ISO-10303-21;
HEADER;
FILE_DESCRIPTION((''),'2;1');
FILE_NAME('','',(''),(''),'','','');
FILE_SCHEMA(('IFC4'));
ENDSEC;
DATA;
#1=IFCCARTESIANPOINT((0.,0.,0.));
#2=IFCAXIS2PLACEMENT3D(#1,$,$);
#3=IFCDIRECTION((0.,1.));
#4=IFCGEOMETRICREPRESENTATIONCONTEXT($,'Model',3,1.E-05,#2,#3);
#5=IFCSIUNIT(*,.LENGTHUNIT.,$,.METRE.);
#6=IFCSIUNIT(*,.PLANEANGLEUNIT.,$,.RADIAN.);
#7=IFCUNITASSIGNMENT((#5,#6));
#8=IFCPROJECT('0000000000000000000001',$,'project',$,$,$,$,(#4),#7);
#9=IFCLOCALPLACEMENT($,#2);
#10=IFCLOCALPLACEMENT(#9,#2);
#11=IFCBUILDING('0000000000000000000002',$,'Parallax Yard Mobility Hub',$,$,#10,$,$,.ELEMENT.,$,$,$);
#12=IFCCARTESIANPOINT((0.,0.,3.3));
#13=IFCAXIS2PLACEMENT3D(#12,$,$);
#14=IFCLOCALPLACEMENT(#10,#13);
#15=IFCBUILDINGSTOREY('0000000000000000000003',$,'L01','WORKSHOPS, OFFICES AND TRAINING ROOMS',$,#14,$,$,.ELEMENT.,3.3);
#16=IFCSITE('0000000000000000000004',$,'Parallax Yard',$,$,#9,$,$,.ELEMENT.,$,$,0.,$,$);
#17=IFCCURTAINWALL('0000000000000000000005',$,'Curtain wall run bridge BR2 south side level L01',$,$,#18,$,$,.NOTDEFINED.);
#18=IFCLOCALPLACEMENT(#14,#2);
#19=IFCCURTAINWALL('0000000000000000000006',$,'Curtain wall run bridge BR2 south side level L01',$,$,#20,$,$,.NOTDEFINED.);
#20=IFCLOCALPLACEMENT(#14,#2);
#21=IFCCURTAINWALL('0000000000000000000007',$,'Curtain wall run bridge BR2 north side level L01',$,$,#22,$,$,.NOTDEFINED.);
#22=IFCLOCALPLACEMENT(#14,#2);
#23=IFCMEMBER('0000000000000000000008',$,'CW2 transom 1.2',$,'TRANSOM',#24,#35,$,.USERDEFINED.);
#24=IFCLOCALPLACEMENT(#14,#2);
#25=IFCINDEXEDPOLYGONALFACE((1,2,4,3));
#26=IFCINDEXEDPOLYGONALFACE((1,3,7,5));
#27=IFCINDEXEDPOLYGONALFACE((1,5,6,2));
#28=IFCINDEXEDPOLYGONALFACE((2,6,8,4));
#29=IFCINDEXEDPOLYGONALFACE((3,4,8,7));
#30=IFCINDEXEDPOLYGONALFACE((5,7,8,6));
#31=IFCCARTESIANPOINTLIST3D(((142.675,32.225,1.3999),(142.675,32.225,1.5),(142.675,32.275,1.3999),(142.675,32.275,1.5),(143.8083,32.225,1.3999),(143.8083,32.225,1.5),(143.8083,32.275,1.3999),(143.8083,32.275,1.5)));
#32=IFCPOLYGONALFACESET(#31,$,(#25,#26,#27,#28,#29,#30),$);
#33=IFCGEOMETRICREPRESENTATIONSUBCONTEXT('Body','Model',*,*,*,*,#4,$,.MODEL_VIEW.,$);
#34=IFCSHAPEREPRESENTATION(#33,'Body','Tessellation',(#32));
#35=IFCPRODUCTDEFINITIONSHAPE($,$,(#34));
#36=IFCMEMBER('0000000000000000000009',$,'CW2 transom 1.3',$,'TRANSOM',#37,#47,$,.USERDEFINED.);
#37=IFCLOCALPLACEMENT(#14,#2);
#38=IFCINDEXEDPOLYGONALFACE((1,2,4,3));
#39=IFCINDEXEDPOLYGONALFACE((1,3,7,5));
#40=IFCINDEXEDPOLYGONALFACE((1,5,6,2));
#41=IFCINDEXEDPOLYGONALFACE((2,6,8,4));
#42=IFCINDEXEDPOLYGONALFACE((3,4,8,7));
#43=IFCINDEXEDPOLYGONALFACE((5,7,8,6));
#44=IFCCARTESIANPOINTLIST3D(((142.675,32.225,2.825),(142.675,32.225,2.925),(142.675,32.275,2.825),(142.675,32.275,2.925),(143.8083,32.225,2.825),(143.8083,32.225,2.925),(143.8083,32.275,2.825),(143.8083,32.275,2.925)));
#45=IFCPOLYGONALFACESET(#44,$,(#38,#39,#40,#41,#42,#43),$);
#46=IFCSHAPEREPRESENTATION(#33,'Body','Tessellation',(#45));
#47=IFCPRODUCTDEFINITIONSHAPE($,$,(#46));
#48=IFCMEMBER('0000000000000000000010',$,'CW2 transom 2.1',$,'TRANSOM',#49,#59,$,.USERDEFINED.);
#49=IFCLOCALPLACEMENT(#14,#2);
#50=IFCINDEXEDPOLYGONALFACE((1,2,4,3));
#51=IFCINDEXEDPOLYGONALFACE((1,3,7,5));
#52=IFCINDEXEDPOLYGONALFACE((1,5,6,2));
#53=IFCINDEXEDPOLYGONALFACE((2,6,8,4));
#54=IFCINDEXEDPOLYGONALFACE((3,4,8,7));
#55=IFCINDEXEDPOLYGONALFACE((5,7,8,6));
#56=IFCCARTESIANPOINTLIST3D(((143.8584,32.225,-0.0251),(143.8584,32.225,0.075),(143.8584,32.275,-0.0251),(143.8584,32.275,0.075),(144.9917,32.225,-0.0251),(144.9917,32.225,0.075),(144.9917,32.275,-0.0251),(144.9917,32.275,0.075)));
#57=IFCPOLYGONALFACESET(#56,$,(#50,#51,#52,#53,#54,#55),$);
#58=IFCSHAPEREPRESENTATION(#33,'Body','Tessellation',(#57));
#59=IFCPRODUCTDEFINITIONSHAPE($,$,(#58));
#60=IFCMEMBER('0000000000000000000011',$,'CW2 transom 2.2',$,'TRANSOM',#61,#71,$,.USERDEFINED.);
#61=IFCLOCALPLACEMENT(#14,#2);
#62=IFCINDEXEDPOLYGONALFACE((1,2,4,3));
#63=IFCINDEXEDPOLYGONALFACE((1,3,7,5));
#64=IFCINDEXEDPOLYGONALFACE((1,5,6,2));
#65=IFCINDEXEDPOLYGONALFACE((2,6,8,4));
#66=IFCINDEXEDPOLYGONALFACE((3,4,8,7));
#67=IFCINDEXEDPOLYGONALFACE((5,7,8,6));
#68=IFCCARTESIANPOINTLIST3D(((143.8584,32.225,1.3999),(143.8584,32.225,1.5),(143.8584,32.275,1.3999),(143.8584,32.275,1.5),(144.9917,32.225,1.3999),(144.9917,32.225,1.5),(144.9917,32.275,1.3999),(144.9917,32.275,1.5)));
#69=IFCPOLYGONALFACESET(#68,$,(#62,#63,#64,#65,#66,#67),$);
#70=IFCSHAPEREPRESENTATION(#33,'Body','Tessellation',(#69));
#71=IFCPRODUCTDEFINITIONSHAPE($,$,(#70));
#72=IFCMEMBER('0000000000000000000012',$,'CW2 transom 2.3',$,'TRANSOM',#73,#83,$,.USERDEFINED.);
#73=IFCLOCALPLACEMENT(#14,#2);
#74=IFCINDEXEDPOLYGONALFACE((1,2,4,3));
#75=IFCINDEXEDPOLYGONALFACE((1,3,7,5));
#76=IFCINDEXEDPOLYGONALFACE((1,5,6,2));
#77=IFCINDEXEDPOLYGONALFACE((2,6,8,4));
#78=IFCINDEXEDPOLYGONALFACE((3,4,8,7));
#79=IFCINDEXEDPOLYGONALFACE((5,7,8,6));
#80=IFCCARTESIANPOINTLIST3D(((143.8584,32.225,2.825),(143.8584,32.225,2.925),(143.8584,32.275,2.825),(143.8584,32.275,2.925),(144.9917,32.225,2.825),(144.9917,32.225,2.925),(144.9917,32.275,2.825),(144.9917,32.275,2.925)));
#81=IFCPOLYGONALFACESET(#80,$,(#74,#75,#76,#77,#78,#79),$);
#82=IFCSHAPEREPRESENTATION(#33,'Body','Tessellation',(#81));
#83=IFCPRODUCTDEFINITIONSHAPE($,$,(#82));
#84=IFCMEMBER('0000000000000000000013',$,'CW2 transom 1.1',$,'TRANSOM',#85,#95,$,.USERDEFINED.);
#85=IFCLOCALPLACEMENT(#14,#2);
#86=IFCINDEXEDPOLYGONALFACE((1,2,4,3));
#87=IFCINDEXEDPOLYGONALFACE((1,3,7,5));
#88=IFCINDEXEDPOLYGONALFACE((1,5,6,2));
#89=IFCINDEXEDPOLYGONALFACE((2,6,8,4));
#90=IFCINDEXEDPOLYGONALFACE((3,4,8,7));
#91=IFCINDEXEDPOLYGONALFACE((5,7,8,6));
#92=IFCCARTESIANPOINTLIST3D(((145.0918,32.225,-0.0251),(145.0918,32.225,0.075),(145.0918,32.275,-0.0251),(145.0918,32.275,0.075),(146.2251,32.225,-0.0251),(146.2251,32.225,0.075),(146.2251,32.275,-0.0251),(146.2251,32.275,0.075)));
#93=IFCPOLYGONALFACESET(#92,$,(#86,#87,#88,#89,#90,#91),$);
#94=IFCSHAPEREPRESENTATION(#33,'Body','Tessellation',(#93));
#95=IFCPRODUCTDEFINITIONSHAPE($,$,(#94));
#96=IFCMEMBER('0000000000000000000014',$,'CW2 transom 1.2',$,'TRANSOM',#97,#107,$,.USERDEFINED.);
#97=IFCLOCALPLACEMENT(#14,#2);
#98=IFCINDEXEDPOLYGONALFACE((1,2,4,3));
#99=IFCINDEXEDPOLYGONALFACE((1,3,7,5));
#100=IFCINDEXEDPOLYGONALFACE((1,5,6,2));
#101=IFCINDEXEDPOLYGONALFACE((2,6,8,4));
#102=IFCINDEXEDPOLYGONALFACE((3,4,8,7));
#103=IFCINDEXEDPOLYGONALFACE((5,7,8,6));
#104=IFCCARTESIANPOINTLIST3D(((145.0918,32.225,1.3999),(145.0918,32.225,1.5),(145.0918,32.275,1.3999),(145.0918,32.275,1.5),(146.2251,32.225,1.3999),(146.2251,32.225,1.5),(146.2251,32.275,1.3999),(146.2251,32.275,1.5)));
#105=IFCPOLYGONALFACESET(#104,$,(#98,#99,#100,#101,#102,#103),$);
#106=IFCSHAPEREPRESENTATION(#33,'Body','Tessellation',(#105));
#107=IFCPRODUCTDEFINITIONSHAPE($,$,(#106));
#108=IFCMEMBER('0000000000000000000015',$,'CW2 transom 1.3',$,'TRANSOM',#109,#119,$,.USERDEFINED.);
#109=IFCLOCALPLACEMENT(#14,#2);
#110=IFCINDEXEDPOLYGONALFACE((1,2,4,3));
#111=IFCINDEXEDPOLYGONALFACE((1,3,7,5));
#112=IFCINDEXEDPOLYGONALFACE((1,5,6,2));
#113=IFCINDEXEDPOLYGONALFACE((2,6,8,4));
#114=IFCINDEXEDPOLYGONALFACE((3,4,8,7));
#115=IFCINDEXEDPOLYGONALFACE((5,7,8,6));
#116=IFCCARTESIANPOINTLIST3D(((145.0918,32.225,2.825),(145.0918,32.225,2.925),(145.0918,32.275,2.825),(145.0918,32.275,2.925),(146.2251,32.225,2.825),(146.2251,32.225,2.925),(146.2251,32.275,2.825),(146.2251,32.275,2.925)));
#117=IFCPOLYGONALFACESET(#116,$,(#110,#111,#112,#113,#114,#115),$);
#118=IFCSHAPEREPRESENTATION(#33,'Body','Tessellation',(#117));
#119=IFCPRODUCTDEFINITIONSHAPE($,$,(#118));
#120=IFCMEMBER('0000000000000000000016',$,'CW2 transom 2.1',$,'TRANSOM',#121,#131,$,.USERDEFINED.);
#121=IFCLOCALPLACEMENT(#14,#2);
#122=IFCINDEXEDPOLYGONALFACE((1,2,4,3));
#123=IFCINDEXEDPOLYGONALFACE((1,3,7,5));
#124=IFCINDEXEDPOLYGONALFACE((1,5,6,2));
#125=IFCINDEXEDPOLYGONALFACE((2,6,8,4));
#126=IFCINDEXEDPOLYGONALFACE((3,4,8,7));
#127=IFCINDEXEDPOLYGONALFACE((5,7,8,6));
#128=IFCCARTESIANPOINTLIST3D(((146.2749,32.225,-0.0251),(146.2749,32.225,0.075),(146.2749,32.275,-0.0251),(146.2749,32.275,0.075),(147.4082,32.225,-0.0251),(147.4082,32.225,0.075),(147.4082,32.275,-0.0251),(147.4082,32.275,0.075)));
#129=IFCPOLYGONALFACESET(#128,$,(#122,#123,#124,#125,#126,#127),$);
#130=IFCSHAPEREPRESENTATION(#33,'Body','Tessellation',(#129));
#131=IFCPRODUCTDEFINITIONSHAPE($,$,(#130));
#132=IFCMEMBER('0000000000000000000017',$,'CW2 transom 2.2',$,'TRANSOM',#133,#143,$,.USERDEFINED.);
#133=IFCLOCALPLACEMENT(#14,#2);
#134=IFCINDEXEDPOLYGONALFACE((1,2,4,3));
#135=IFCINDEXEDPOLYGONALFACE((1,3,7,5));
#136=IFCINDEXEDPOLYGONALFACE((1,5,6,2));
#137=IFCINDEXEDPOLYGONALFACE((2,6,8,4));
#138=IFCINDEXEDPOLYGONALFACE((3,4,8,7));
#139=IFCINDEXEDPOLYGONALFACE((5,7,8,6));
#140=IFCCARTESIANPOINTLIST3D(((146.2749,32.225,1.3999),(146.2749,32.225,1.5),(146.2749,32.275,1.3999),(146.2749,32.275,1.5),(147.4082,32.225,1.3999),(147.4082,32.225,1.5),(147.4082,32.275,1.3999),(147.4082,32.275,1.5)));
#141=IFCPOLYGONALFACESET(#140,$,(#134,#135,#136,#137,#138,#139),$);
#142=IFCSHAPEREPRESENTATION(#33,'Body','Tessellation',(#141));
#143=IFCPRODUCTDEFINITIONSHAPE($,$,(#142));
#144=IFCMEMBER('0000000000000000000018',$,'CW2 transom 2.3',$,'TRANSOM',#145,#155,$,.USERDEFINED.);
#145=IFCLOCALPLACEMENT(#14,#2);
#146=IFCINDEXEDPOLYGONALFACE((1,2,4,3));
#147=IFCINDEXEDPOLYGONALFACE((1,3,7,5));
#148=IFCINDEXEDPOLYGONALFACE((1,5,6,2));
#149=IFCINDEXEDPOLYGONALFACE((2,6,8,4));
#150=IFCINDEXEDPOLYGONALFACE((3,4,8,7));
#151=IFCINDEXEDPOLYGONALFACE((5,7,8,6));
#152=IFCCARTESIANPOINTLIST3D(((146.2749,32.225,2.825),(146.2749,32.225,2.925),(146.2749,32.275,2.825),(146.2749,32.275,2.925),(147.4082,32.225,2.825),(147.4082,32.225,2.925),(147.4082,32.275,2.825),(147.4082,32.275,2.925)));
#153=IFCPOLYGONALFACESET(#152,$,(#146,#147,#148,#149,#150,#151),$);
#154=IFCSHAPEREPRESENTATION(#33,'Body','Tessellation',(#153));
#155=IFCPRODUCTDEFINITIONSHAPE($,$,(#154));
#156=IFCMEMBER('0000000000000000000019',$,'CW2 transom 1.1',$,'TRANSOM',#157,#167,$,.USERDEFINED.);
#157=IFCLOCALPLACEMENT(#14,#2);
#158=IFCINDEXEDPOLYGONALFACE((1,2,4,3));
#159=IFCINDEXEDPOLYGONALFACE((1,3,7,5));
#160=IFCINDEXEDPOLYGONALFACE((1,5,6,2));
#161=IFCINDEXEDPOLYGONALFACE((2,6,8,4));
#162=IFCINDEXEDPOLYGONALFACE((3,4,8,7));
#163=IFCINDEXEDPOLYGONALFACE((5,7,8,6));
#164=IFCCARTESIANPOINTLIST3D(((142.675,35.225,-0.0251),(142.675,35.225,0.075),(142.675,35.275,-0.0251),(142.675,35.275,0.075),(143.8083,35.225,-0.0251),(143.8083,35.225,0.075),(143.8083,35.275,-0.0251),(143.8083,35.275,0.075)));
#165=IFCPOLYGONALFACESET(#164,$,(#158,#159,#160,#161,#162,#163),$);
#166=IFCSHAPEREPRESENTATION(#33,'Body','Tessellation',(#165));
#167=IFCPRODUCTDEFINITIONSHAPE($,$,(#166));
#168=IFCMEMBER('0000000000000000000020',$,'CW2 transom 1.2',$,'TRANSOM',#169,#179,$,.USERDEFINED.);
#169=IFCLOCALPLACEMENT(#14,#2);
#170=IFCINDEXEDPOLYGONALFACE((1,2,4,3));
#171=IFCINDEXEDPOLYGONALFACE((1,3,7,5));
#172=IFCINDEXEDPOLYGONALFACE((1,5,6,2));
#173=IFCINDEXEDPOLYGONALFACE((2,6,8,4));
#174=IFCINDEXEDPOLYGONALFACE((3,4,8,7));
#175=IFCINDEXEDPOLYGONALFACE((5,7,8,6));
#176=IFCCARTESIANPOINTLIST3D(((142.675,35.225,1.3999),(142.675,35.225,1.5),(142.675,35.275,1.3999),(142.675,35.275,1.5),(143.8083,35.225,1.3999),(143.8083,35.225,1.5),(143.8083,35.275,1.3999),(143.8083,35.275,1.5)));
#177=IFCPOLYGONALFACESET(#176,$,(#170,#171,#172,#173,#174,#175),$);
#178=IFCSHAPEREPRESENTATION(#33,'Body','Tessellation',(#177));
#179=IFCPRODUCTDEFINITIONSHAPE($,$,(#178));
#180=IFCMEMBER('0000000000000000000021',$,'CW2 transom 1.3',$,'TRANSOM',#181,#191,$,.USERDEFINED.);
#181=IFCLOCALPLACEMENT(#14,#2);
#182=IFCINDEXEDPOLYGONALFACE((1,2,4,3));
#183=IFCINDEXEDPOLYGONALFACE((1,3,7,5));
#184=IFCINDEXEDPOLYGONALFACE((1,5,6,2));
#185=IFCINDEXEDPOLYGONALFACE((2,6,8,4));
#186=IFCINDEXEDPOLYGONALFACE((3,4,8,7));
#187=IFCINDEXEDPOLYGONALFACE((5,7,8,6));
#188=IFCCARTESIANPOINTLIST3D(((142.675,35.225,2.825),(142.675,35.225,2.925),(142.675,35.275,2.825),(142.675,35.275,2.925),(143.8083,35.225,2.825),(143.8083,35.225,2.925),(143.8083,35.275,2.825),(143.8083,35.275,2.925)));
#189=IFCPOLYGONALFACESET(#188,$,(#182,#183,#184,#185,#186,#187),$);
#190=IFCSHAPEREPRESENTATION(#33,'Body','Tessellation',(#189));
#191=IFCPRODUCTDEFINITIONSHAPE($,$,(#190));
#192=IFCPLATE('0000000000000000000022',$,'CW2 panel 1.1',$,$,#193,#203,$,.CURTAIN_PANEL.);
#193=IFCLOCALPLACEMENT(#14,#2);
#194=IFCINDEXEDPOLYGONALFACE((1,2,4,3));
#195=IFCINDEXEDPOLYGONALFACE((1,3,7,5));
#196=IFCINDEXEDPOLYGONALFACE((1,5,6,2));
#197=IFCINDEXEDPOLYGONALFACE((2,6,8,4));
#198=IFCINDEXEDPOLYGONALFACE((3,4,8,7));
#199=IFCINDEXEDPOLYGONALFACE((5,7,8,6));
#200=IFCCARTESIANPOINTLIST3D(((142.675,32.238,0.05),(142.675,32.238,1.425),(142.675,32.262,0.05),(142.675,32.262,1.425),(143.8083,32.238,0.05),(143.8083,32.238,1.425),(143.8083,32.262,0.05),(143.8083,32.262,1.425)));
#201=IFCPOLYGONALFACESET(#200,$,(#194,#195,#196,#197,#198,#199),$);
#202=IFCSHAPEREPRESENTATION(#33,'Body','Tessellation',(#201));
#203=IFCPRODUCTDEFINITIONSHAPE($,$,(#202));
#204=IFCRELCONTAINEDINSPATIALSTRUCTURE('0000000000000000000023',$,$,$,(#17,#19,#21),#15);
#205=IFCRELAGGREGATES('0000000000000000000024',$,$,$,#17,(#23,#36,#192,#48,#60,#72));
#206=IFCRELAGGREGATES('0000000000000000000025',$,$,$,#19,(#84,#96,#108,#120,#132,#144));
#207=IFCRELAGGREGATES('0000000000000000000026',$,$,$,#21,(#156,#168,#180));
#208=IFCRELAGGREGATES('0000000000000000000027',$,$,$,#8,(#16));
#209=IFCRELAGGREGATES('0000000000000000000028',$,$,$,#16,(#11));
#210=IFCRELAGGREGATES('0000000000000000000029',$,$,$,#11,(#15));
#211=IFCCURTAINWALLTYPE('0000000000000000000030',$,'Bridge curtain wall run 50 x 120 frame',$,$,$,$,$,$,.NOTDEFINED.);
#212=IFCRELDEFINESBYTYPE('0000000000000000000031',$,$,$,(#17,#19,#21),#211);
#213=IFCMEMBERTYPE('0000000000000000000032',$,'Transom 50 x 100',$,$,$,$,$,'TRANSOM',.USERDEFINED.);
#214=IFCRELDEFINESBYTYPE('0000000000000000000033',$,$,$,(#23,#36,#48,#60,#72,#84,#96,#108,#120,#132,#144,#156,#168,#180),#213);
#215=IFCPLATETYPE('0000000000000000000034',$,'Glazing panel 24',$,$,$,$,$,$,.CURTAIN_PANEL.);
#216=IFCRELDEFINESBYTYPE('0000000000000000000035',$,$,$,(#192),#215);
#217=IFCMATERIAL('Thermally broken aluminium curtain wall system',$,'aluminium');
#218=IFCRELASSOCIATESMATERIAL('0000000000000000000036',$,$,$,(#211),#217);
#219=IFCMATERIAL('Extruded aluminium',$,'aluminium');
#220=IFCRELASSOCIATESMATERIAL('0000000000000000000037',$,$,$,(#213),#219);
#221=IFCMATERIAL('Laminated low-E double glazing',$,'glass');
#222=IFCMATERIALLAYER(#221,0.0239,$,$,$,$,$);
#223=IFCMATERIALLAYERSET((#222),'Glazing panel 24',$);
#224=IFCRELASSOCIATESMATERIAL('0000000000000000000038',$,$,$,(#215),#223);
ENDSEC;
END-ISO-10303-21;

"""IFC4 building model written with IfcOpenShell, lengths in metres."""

from ifc_helpers import new_model, si_unit, direction, frame, origin, origin_2d, place, context, subcontext, project, spatial, rectangle, extrude, material, layer, layer_set, material_profile, profile_set, type_object, element, aggregate, save


model = new_model("IFC4")

# Units and contexts
model_context = context("Model", 3, precision=1e-05, world=origin(), true_north=direction((0.0, 1.0)))
body_context = subcontext(model_context, "Body", "Model", "MODEL_VIEW")
ifc_project = project(units=[si_unit("LENGTHUNIT", "METRE"), si_unit("PLANEANGLEUNIT", "RADIAN")], contexts=[model_context])

# Site, building, storey
site_placement = place(None, origin())
site = spatial("IfcSite", under=ifc_project, at=site_placement, Name="Parallax Yard", CompositionType="ELEMENT", RefElevation=0.0)
building_placement = place(site_placement, origin())
building = spatial("IfcBuilding", under=site, at=building_placement, Name="Parallax Yard Mobility Hub", CompositionType="ELEMENT")
storey_placement = place(building_placement, frame((0.0, 0.0, 3.3)))
storey = spatial("IfcBuildingStorey", under=building, at=storey_placement, Name="L01", Description="WORKSHOPS, OFFICES AND TRAINING ROOMS", CompositionType="ELEMENT", Elevation=3.3)

# Curtain walls
ifc_material_1 = material(Name="Thermally broken aluminium curtain wall system", Category="aluminium")
curtain_wall_type = type_object("IfcCurtainWallType", Name="Bridge curtain wall run 50 x 120 frame", PredefinedType="NOTDEFINED", material=ifc_material_1)
curtain_wall_1_placement = place(storey_placement, origin())
curtain_wall_1 = element("IfcCurtainWall", 1, at=curtain_wall_1_placement, inside=storey, type_object=curtain_wall_type, Name="Curtain wall run bridge BR2 south side level L01", PredefinedType="NOTDEFINED")
ifc_material_2 = material(Name="Extruded aluminium", Category="aluminium")
curtain_wall_2_placement = place(storey_placement, origin())
curtain_wall_2 = element("IfcCurtainWall", 2, at=curtain_wall_2_placement, inside=storey, type_object=curtain_wall_type, Name="Curtain wall run bridge BR2 south side level L01", PredefinedType="NOTDEFINED")
curtain_wall_3_placement = place(storey_placement, origin())
curtain_wall_3 = element("IfcCurtainWall", 3, at=curtain_wall_3_placement, inside=storey, type_object=curtain_wall_type, Name="Curtain wall run bridge BR2 north side level L01", PredefinedType="NOTDEFINED")

# Members
ifc_material_profile_1 = material_profile(ifc_material_2, rectangle(XDim=0.05, YDim=0.1001, at=origin_2d()), Name="Transom 50 x 100")
ifc_profile_set_1 = profile_set([ifc_material_profile_1], Name="Extruded aluminium")
member_type_1 = type_object("IfcMemberType", Name="Transom 50 x 100", ElementType="TRANSOM", PredefinedType="USERDEFINED", material=ifc_profile_set_1)
member_1_placement = place(storey_placement, frame((142.675, 32.25, 1.45), z_axis=(1.0, 0.0, 0.0), x_axis=(0.0, 1.0, 0.0)))
member_1 = element("IfcMember", 4, at=member_1_placement, type_object=member_type_1, Name="CW2 transom 1.2", ObjectType="TRANSOM", PredefinedType="USERDEFINED", context=body_context, shape_type="SweptSolid", body=[
    extrude(rectangle(XDim=0.05, YDim=0.1001, at=origin_2d()), origin(), (0.0, 0.0, 1.0), 1.1333),
])
member_2_placement = place(storey_placement, frame((142.675, 32.25, 2.875), z_axis=(1.0, 0.0, 0.0), x_axis=(0.0, 1.0, 0.0)))
member_2 = element("IfcMember", 5, at=member_2_placement, type_object=member_type_1, Name="CW2 transom 1.3", ObjectType="TRANSOM", PredefinedType="USERDEFINED", context=body_context, shape_type="SweptSolid", body=[
    extrude(rectangle(XDim=0.05, YDim=0.1001, at=origin_2d()), origin(), (0.0, 0.0, 1.0), 1.1333),
])
member_3_placement = place(storey_placement, frame((143.8584, 32.25, 0.0249), z_axis=(1.0, 0.0, 0.0), x_axis=(0.0, 1.0, 0.0)))
member_3 = element("IfcMember", 6, at=member_3_placement, type_object=member_type_1, Name="CW2 transom 2.1", ObjectType="TRANSOM", PredefinedType="USERDEFINED", context=body_context, shape_type="SweptSolid", body=[
    extrude(rectangle(XDim=0.05, YDim=0.1001, at=origin_2d()), origin(), (0.0, 0.0, 1.0), 1.1333),
])
member_4_placement = place(storey_placement, frame((143.8584, 32.25, 1.45), z_axis=(1.0, 0.0, 0.0), x_axis=(0.0, 1.0, 0.0)))
member_4 = element("IfcMember", 7, at=member_4_placement, type_object=member_type_1, Name="CW2 transom 2.2", ObjectType="TRANSOM", PredefinedType="USERDEFINED", context=body_context, shape_type="SweptSolid", body=[
    extrude(rectangle(XDim=0.05, YDim=0.1001, at=origin_2d()), origin(), (0.0, 0.0, 1.0), 1.1333),
])
member_5_placement = place(storey_placement, frame((143.8584, 32.25, 2.875), z_axis=(1.0, 0.0, 0.0), x_axis=(0.0, 1.0, 0.0)))
member_5 = element("IfcMember", 8, at=member_5_placement, type_object=member_type_1, Name="CW2 transom 2.3", ObjectType="TRANSOM", PredefinedType="USERDEFINED", context=body_context, shape_type="SweptSolid", body=[
    extrude(rectangle(XDim=0.05, YDim=0.1001, at=origin_2d()), origin(), (0.0, 0.0, 1.0), 1.1333),
])
member_6_placement = place(storey_placement, frame((145.0918, 32.25, 0.0249), z_axis=(1.0, 0.0, 0.0), x_axis=(0.0, 1.0, 0.0)))
member_6 = element("IfcMember", 9, at=member_6_placement, type_object=member_type_1, Name="CW2 transom 1.1", ObjectType="TRANSOM", PredefinedType="USERDEFINED", context=body_context, shape_type="SweptSolid", body=[
    extrude(rectangle(XDim=0.05, YDim=0.1001, at=origin_2d()), origin(), (0.0, 0.0, 1.0), 1.1333),
])
member_7_placement = place(storey_placement, frame((145.0918, 32.25, 1.45), z_axis=(1.0, 0.0, 0.0), x_axis=(0.0, 1.0, 0.0)))
member_7 = element("IfcMember", 10, at=member_7_placement, type_object=member_type_1, Name="CW2 transom 1.2", ObjectType="TRANSOM", PredefinedType="USERDEFINED", context=body_context, shape_type="SweptSolid", body=[
    extrude(rectangle(XDim=0.05, YDim=0.1001, at=origin_2d()), origin(), (0.0, 0.0, 1.0), 1.1333),
])
member_8_placement = place(storey_placement, frame((145.0918, 32.25, 2.875), z_axis=(1.0, 0.0, 0.0), x_axis=(0.0, 1.0, 0.0)))
member_8 = element("IfcMember", 11, at=member_8_placement, type_object=member_type_1, Name="CW2 transom 1.3", ObjectType="TRANSOM", PredefinedType="USERDEFINED", context=body_context, shape_type="SweptSolid", body=[
    extrude(rectangle(XDim=0.05, YDim=0.1001, at=origin_2d()), origin(), (0.0, 0.0, 1.0), 1.1333),
])
member_9_placement = place(storey_placement, frame((146.2749, 32.25, 0.0249), z_axis=(1.0, 0.0, 0.0), x_axis=(0.0, 1.0, 0.0)))
member_9 = element("IfcMember", 12, at=member_9_placement, type_object=member_type_1, Name="CW2 transom 2.1", ObjectType="TRANSOM", PredefinedType="USERDEFINED", context=body_context, shape_type="SweptSolid", body=[
    extrude(rectangle(XDim=0.05, YDim=0.1001, at=origin_2d()), origin(), (0.0, 0.0, 1.0), 1.1333),
])
member_10_placement = place(storey_placement, frame((146.2749, 32.25, 1.45), z_axis=(1.0, 0.0, 0.0), x_axis=(0.0, 1.0, 0.0)))
member_10 = element("IfcMember", 13, at=member_10_placement, type_object=member_type_1, Name="CW2 transom 2.2", ObjectType="TRANSOM", PredefinedType="USERDEFINED", context=body_context, shape_type="SweptSolid", body=[
    extrude(rectangle(XDim=0.05, YDim=0.1001, at=origin_2d()), origin(), (0.0, 0.0, 1.0), 1.1333),
])
member_11_placement = place(storey_placement, frame((146.2749, 32.25, 2.875), z_axis=(1.0, 0.0, 0.0), x_axis=(0.0, 1.0, 0.0)))
member_11 = element("IfcMember", 14, at=member_11_placement, type_object=member_type_1, Name="CW2 transom 2.3", ObjectType="TRANSOM", PredefinedType="USERDEFINED", context=body_context, shape_type="SweptSolid", body=[
    extrude(rectangle(XDim=0.05, YDim=0.1001, at=origin_2d()), origin(), (0.0, 0.0, 1.0), 1.1333),
])
member_12_placement = place(storey_placement, frame((142.675, 35.25, 0.0249), z_axis=(1.0, 0.0, 0.0), x_axis=(0.0, 1.0, 0.0)))
member_12 = element("IfcMember", 15, at=member_12_placement, type_object=member_type_1, Name="CW2 transom 1.1", ObjectType="TRANSOM", PredefinedType="USERDEFINED", context=body_context, shape_type="SweptSolid", body=[
    extrude(rectangle(XDim=0.05, YDim=0.1001, at=origin_2d()), origin(), (0.0, 0.0, 1.0), 1.1333),
])
member_13_placement = place(storey_placement, frame((142.675, 35.25, 1.45), z_axis=(1.0, 0.0, 0.0), x_axis=(0.0, 1.0, 0.0)))
member_13 = element("IfcMember", 16, at=member_13_placement, type_object=member_type_1, Name="CW2 transom 1.2", ObjectType="TRANSOM", PredefinedType="USERDEFINED", context=body_context, shape_type="SweptSolid", body=[
    extrude(rectangle(XDim=0.05, YDim=0.1001, at=origin_2d()), origin(), (0.0, 0.0, 1.0), 1.1333),
])
member_14_placement = place(storey_placement, frame((142.675, 35.25, 2.875), z_axis=(1.0, 0.0, 0.0), x_axis=(0.0, 1.0, 0.0)))
member_14 = element("IfcMember", 17, at=member_14_placement, type_object=member_type_1, Name="CW2 transom 1.3", ObjectType="TRANSOM", PredefinedType="USERDEFINED", context=body_context, shape_type="SweptSolid", body=[
    extrude(rectangle(XDim=0.05, YDim=0.1001, at=origin_2d()), origin(), (0.0, 0.0, 1.0), 1.1333),
])

# Plate
ifc_material_3 = material(Name="Laminated low-E double glazing", Category="glass")
ifc_layer = layer(ifc_material_3, 0.0239)
ifc_layer_set = layer_set([ifc_layer], Name="Glazing panel 24")
plate_type = type_object("IfcPlateType", Name="Glazing panel 24", PredefinedType="CURTAIN_PANEL", material=ifc_layer_set)
plate_1_placement = place(storey_placement, frame((143.2417, 32.25, 0.05), z_axis=(0.0, 0.0, 1.0), x_axis=(1.0, 0.0, 0.0)))
plate_1 = element("IfcPlate", 18, at=plate_1_placement, type_object=plate_type, Name="CW2 panel 1.1", PredefinedType="CURTAIN_PANEL", context=body_context, shape_type="SweptSolid", body=[
    extrude(rectangle(XDim=1.1333, YDim=0.0239, at=origin_2d()), origin(), (0.0, 0.0, 1.0), 1.375),
])
aggregate(curtain_wall_1, [member_1, member_2, plate_1, member_3, member_4, member_5])
aggregate(curtain_wall_2, [member_6, member_7, member_8, member_9, member_10, member_11])
aggregate(curtain_wall_3, [member_12, member_13, member_14])

save(model, "model.ifc")
